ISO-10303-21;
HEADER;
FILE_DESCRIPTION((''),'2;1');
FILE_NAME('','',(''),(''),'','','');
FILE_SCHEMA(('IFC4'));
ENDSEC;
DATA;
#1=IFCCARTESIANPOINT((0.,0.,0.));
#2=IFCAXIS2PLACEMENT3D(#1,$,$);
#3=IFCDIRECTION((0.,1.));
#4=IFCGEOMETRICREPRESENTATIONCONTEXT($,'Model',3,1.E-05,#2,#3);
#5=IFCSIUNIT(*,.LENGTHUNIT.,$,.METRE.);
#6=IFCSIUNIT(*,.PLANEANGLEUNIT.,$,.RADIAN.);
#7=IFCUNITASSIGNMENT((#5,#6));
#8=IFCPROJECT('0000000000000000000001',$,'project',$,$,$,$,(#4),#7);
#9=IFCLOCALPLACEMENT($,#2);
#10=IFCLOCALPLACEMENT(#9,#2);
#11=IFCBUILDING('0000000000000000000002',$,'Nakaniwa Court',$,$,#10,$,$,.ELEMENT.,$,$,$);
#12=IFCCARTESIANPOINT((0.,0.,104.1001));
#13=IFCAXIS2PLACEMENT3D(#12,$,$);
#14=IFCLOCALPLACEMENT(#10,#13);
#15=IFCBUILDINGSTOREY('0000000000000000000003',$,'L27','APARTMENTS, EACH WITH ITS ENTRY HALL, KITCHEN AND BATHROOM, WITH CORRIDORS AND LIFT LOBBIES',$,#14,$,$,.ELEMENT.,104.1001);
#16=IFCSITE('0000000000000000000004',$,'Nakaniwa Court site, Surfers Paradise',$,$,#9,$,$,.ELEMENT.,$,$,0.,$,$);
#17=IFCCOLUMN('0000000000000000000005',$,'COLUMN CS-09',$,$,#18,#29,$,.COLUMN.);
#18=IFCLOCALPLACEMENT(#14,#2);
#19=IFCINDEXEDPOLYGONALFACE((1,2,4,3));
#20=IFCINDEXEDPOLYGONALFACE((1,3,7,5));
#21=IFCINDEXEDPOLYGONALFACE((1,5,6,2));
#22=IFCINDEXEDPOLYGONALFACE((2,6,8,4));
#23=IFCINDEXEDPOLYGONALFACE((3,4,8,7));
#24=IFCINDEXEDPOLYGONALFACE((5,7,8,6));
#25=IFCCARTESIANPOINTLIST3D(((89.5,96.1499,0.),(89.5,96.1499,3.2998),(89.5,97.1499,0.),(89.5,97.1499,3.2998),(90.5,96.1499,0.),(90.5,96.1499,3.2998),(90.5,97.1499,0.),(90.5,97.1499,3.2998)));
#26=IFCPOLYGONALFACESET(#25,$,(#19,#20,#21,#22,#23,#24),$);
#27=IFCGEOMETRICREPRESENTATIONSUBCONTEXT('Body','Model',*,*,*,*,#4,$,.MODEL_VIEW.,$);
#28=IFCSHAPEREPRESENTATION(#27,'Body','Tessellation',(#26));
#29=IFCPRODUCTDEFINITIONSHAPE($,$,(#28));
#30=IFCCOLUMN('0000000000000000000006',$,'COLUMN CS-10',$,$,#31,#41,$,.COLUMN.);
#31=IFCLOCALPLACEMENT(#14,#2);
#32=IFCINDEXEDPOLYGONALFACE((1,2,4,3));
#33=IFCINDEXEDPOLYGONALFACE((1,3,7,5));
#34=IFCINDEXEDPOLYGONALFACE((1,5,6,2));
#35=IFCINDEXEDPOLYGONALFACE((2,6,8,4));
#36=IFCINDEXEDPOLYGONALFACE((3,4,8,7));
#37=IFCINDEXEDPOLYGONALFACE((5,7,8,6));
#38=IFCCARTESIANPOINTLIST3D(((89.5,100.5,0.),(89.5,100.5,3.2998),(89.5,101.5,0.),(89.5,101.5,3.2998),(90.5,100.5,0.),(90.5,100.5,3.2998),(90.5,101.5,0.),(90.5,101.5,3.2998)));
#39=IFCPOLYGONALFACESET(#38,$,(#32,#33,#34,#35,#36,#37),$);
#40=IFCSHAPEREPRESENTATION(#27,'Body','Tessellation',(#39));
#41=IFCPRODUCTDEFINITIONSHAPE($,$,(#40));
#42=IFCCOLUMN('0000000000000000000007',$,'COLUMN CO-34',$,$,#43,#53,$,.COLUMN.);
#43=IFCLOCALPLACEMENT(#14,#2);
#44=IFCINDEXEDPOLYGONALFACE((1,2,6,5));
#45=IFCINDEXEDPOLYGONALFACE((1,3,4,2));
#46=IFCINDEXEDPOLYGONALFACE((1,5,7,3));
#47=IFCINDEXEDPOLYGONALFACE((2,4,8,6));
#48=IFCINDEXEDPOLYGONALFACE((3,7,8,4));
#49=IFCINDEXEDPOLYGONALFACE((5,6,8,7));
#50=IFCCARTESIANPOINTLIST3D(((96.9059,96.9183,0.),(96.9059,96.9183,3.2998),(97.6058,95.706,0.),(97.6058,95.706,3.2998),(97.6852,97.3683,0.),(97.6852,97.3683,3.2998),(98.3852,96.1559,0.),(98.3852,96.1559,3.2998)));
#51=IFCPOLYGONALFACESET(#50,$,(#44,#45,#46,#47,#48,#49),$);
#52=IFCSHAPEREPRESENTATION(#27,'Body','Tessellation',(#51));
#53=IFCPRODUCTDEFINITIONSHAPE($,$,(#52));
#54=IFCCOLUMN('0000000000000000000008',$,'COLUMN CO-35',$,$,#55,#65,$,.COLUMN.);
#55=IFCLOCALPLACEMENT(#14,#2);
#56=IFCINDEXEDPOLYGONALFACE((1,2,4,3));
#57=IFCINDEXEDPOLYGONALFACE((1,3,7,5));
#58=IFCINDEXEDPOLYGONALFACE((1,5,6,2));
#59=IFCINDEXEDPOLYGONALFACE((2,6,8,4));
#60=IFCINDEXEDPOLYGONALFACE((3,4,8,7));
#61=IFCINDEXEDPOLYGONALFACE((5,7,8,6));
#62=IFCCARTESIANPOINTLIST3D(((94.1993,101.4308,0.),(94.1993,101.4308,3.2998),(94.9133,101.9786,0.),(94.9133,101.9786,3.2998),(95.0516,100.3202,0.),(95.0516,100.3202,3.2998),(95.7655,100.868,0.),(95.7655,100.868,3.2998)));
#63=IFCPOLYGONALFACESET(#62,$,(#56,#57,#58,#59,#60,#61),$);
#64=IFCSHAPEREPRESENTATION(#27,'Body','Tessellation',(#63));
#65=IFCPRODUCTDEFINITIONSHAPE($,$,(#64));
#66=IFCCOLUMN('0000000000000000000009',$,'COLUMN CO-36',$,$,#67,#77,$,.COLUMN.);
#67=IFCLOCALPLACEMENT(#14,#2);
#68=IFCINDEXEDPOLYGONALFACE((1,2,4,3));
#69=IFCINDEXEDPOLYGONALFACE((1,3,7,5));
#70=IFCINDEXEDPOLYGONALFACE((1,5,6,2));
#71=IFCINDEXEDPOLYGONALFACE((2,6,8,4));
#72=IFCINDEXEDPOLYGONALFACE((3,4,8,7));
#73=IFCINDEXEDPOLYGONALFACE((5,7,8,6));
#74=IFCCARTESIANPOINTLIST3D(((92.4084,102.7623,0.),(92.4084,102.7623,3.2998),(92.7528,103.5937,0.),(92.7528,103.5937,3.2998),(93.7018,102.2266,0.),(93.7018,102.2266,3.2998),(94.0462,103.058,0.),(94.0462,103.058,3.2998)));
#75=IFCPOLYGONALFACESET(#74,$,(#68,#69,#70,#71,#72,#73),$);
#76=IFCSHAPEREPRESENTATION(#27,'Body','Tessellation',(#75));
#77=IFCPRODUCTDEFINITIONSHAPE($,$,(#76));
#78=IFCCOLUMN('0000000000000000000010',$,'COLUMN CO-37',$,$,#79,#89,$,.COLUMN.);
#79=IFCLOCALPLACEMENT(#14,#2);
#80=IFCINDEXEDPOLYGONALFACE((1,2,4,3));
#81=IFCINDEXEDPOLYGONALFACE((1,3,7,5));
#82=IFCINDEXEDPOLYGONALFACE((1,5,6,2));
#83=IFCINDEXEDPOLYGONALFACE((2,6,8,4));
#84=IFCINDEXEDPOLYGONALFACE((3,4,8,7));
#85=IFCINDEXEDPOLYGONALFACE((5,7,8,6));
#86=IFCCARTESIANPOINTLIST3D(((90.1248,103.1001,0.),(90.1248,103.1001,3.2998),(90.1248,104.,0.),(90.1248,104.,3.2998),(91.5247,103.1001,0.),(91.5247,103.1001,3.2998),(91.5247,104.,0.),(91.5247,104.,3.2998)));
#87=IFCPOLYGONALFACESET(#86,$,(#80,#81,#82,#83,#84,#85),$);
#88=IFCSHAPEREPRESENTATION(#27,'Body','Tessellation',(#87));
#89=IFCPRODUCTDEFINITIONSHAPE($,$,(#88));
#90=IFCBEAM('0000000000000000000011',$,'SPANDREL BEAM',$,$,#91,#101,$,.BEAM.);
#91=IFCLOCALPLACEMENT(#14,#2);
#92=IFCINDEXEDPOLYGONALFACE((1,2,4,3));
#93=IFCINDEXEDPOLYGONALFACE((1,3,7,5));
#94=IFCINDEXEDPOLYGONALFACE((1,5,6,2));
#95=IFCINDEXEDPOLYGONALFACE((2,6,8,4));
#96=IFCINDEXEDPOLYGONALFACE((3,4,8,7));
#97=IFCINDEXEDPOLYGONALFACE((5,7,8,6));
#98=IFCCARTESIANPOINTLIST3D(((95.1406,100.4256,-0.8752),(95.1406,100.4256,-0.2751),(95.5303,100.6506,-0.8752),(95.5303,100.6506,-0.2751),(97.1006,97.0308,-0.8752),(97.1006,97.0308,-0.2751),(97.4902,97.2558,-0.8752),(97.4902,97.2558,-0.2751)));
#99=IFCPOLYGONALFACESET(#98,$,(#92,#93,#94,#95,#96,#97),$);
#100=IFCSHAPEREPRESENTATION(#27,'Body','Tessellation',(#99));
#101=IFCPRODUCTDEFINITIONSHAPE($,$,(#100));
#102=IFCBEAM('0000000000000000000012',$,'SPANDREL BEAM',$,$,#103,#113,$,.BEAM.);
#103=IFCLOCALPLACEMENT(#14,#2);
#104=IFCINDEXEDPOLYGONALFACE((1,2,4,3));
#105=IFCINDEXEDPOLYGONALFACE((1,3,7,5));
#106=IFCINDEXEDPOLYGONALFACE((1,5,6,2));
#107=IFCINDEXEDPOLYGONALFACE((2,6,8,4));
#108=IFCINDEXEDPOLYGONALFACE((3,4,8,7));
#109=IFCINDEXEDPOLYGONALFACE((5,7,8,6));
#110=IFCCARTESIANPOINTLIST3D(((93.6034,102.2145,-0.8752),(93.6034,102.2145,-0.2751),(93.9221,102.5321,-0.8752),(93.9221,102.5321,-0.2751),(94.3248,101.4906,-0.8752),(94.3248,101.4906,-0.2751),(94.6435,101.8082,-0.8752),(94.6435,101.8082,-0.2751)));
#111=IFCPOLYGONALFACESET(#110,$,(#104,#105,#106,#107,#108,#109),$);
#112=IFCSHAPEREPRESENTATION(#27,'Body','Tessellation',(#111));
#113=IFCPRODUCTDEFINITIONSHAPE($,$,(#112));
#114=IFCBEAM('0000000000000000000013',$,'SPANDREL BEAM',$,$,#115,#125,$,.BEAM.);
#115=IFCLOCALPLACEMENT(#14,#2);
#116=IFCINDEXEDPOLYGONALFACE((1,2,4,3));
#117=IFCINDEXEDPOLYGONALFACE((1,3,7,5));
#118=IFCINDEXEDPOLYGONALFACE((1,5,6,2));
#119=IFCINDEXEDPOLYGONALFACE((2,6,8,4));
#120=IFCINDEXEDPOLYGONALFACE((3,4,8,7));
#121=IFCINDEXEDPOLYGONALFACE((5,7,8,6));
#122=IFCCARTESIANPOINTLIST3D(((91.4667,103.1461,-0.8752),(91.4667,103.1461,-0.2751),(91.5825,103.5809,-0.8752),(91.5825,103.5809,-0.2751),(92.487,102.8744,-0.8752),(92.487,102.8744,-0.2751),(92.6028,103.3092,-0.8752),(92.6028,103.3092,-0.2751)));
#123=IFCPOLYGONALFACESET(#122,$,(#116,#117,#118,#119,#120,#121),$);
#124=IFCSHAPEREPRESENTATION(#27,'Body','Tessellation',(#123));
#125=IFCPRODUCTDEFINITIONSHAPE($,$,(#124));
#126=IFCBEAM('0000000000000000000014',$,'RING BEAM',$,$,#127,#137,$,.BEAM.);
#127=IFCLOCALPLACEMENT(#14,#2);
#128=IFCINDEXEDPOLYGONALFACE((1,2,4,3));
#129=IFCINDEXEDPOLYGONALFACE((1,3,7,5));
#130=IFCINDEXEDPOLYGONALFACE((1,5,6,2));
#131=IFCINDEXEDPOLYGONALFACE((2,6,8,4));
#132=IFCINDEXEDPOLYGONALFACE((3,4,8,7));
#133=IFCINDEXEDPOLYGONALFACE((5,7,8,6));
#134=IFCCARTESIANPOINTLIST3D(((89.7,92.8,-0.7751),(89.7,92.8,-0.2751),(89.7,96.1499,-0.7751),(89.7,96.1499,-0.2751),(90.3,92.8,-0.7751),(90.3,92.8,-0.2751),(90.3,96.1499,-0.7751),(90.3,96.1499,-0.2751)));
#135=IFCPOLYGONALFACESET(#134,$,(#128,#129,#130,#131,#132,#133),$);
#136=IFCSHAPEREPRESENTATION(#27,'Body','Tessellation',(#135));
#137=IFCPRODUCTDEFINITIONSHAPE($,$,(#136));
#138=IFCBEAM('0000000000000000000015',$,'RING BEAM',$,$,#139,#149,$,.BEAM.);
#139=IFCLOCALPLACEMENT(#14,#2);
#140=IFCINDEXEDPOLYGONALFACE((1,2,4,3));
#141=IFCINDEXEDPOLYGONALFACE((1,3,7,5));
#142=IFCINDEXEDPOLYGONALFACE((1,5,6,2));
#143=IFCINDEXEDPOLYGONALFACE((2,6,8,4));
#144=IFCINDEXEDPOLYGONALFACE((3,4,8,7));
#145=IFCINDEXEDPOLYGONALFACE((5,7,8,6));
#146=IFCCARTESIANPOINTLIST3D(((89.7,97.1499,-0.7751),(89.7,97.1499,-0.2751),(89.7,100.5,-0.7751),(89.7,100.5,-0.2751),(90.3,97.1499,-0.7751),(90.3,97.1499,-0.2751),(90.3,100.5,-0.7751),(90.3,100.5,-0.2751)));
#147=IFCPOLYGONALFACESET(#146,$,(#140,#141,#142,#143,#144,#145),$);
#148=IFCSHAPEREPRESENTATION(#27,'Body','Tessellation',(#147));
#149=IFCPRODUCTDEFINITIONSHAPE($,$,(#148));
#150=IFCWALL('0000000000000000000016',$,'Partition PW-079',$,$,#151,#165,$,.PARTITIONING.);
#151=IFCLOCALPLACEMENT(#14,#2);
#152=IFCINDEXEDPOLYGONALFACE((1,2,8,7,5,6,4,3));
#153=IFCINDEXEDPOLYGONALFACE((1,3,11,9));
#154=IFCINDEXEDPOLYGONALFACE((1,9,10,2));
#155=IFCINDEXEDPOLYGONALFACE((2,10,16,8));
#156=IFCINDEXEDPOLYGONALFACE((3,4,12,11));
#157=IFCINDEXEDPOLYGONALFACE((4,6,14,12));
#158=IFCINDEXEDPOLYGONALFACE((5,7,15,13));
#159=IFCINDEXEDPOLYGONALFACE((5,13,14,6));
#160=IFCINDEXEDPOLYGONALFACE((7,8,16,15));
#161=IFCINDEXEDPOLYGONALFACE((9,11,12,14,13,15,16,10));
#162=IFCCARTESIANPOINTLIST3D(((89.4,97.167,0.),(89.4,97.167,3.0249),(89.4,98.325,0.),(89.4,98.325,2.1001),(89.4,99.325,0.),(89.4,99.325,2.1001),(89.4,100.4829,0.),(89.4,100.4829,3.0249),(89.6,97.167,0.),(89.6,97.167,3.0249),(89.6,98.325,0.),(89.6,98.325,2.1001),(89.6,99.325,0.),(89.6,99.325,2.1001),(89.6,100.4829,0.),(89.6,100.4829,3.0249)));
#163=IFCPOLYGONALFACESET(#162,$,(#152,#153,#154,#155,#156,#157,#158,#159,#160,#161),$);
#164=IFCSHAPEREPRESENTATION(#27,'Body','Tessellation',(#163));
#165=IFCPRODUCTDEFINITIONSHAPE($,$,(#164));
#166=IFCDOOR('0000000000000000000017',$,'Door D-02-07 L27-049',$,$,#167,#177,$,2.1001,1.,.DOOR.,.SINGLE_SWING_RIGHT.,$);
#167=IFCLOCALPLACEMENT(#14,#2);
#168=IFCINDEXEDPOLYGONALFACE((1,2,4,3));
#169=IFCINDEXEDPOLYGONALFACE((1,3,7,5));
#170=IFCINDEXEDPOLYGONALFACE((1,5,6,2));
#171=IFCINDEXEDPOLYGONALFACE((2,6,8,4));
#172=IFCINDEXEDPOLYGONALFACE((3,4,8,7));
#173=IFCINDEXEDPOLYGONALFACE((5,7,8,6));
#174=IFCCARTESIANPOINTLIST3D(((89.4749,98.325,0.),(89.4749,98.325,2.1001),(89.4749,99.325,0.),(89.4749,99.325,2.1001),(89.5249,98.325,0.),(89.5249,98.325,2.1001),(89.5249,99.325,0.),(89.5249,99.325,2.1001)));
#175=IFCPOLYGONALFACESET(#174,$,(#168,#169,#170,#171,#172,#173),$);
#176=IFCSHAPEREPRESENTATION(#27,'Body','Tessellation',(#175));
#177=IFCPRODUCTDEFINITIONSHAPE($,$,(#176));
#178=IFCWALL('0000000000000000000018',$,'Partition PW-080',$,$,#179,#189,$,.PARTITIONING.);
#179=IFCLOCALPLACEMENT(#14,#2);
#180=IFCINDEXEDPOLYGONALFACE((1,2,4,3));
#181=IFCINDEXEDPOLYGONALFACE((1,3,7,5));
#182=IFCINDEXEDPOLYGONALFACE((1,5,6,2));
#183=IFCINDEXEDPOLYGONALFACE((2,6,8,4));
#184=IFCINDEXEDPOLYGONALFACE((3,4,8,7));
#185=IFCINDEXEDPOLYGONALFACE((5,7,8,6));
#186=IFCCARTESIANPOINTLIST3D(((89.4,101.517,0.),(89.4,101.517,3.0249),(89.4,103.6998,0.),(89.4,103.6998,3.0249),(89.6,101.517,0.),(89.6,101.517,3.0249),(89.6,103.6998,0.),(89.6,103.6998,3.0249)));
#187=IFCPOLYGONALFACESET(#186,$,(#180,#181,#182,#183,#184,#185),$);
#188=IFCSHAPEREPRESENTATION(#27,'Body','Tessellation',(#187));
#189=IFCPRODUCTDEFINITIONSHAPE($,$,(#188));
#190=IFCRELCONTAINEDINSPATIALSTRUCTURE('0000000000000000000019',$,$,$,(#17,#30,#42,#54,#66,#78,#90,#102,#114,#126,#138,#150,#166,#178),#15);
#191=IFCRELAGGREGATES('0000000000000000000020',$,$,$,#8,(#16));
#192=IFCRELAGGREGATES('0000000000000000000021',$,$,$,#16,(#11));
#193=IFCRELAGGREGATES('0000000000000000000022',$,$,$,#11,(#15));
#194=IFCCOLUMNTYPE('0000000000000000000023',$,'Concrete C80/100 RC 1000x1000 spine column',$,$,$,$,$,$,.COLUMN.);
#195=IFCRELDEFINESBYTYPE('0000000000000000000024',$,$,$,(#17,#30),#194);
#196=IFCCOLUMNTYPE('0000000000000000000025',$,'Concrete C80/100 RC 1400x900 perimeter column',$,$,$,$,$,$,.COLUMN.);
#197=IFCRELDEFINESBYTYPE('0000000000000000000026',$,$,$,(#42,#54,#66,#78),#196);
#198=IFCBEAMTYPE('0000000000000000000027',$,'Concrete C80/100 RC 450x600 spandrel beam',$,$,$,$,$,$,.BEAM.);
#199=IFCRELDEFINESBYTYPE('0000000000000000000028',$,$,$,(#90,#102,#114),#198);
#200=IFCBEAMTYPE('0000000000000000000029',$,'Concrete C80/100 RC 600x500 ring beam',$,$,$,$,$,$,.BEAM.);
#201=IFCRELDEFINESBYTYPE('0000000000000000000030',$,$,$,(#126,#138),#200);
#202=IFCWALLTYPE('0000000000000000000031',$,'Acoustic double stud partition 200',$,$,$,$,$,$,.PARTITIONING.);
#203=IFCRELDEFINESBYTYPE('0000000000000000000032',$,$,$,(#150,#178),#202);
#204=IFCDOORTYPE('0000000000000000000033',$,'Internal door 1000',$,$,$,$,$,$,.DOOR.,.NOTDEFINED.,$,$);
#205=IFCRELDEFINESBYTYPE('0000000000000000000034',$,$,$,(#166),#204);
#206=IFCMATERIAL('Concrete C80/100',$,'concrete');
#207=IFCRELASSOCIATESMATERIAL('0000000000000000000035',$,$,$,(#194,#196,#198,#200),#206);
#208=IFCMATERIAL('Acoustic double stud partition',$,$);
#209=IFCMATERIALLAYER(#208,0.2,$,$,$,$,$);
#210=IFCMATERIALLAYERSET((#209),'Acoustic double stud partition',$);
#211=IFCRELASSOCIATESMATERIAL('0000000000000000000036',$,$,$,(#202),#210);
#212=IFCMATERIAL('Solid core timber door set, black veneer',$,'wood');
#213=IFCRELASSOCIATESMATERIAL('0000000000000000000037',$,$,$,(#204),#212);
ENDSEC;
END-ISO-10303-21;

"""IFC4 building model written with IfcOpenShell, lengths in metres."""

from ifc_helpers import new_model, si_unit, direction, frame, frame_2d, origin, origin_2d, place, context, subcontext, project, spatial, rectangle, extrude, material, layer, layer_set, material_profile, profile_set, type_object, element, fill, save


model = new_model("IFC4")

# Units and contexts
model_context = context("Model", 3, precision=1e-05, world=origin(), true_north=direction((0.0, 1.0)))
body_context = subcontext(model_context, "Body", "Model", "MODEL_VIEW")
ifc_project = project(units=[si_unit("LENGTHUNIT", "METRE"), si_unit("PLANEANGLEUNIT", "RADIAN")], contexts=[model_context])

# Site, building, storey
site_placement = place(None, origin())
site = spatial("IfcSite", under=ifc_project, at=site_placement, Name="Nakaniwa Court site, Surfers Paradise", CompositionType="ELEMENT", RefElevation=0.0)
building_placement = place(site_placement, origin())
building = spatial("IfcBuilding", under=site, at=building_placement, Name="Nakaniwa Court", CompositionType="ELEMENT")
storey_placement = place(building_placement, frame((0.0, 0.0, 104.1001)))
storey = spatial("IfcBuildingStorey", under=building, at=storey_placement, Name="L27", Description="APARTMENTS, EACH WITH ITS ENTRY HALL, KITCHEN AND BATHROOM, WITH CORRIDORS AND LIFT LOBBIES", CompositionType="ELEMENT", Elevation=104.1001)

# Columns
ifc_material_1 = material(Name="Concrete C80/100", Category="concrete")
ifc_material_profile_1 = material_profile(ifc_material_1, rectangle(XDim=1.0, YDim=1.0, at=origin_2d()), Name="Concrete C80/100 RC 1000x1000 spine column")
ifc_profile_set_1 = profile_set([ifc_material_profile_1], Name="Concrete C80/100")
column_type_1 = type_object("IfcColumnType", Name="Concrete C80/100 RC 1000x1000 spine column", PredefinedType="COLUMN", material=ifc_profile_set_1)
for number, where, z_axis, x_axis, name in (
    (1, (90.0, 96.6499, 0.0), (0.0, 0.0, 1.0), (0.0, 1.0, 0.0), "COLUMN CS-09"),
    (2, (90.0, 101.0, 0.0), (0.0, 0.0, 1.0), (0.0, 1.0, 0.0), "COLUMN CS-10"),
):
    element("IfcColumn", number, at=place(storey_placement, frame(where, z_axis=z_axis, x_axis=x_axis)), inside=storey, type_object=column_type_1, Name=name, PredefinedType="COLUMN", context=body_context, shape_type="SweptSolid", body=[
        extrude(rectangle(XDim=1.0, YDim=1.0, at=origin_2d()), origin(), (0.0, 0.0, 1.0), 3.2998),
    ])
ifc_material_profile_2 = material_profile(ifc_material_1, rectangle(XDim=1.3999, YDim=0.8999, at=origin_2d()), Name="Concrete C80/100 RC 1400x900 perimeter column")
ifc_profile_set_2 = profile_set([ifc_material_profile_2], Name="Concrete C80/100")
column_type_2 = type_object("IfcColumnType", Name="Concrete C80/100 RC 1400x900 perimeter column", PredefinedType="COLUMN", material=ifc_profile_set_2)
for number, where, z_axis, x_axis, name in (
    (3, (97.6455, 96.5371, 0.0), (0.0, 0.0, 1.0), (-0.5, 0.866025, 0.0), "COLUMN CO-34"),
    (4, (94.9824, 101.1494, 0.0), (0.0, 0.0, 1.0), (-0.608761, 0.793353, 0.0), "COLUMN CO-35"),
    (5, (93.2273, 102.9102, 0.0), (0.0, 0.0, 1.0), (-0.92388, 0.382683, 0.0), "COLUMN CO-36"),
    (6, (90.8247, 103.55, 0.0), (0.0, 0.0, 1.0), (-1.0, 0.0, 0.0), "COLUMN CO-37"),
):
    element("IfcColumn", number, at=place(storey_placement, frame(where, z_axis=z_axis, x_axis=x_axis)), inside=storey, type_object=column_type_2, Name=name, PredefinedType="COLUMN", context=body_context, shape_type="SweptSolid", body=[
        extrude(rectangle(XDim=1.3999, YDim=0.8999, at=origin_2d()), origin(), (0.0, 0.0, 1.0), 3.2998),
    ])

# Beams
ifc_material_profile_3 = material_profile(ifc_material_1, rectangle(XDim=0.45, YDim=0.6001, at=origin_2d()), Name="Concrete C80/100 RC 450x600 spandrel beam")
ifc_profile_set_3 = profile_set([ifc_material_profile_3], Name="Concrete C80/100")
beam_type_1 = type_object("IfcBeamType", Name="Concrete C80/100 RC 450x600 spandrel beam", PredefinedType="BEAM", material=ifc_profile_set_3)
beam_1_placement = place(storey_placement, frame((97.2954, 97.1433, -0.5752), z_axis=(-0.499997, 0.866027, 0.0), x_axis=(-0.866027, -0.499997, 0.0)))
element("IfcBeam", 7, at=beam_1_placement, inside=storey, type_object=beam_type_1, Name="SPANDREL BEAM", PredefinedType="BEAM", context=body_context, shape_type="SweptSolid", body=[
    extrude(rectangle(XDim=0.45, YDim=0.6001, at=origin_2d()), origin(), (0.0, 0.0, 1.0), 3.9199),
])
beam_2_placement = place(storey_placement, frame((94.4841, 101.6494, -0.5752), z_axis=(-0.705911, 0.7083, 0.0), x_axis=(-0.7083, -0.705911, 0.0)))
element("IfcBeam", 8, at=beam_2_placement, inside=storey, type_object=beam_type_1, Name="SPANDREL BEAM", PredefinedType="BEAM", context=body_context, shape_type="SweptSolid", body=[
    extrude(rectangle(XDim=0.45, YDim=0.6001, at=origin_2d()), origin(), (0.0, 0.0, 1.0), 1.022),
])
beam_3_placement = place(storey_placement, frame((92.5449, 103.0918, -0.5752), z_axis=(-0.966315, 0.25736, 0.0), x_axis=(-0.25736, -0.966315, 0.0)))
element("IfcBeam", 9, at=beam_3_placement, inside=storey, type_object=beam_type_1, Name="SPANDREL BEAM", PredefinedType="BEAM", context=body_context, shape_type="SweptSolid", body=[
    extrude(rectangle(XDim=0.45, YDim=0.6001, at=origin_2d()), origin(), (0.0, 0.0, 1.0), 1.0559),
])
ifc_material_profile_4 = material_profile(ifc_material_1, rectangle(XDim=0.6001, YDim=0.5, at=origin_2d()), Name="Concrete C80/100 RC 600x500 ring beam")
ifc_profile_set_4 = profile_set([ifc_material_profile_4], Name="Concrete C80/100")
beam_type_2 = type_object("IfcBeamType", Name="Concrete C80/100 RC 600x500 ring beam", PredefinedType="BEAM", material=ifc_profile_set_4)
beam_4_placement = place(storey_placement, frame((90.0, 92.8, -0.5251), z_axis=(0.0, 1.0, 0.0), x_axis=(-1.0, 0.0, 0.0)))
element("IfcBeam", 10, at=beam_4_placement, inside=storey, type_object=beam_type_2, Name="RING BEAM", PredefinedType="BEAM", context=body_context, shape_type="SweptSolid", body=[
    extrude(rectangle(XDim=0.6001, YDim=0.5, at=origin_2d()), origin(), (0.0, 0.0, 1.0), 3.3499),
])
beam_5_placement = place(storey_placement, frame((90.0, 97.1499, -0.5251), z_axis=(0.0, 1.0, 0.0), x_axis=(-1.0, 0.0, 0.0)))
element("IfcBeam", 11, at=beam_5_placement, inside=storey, type_object=beam_type_2, Name="RING BEAM", PredefinedType="BEAM", context=body_context, shape_type="SweptSolid", body=[
    extrude(rectangle(XDim=0.6001, YDim=0.5, at=origin_2d()), origin(), (0.0, 0.0, 1.0), 3.3501),
])

# Wall, opening, door
ifc_material_2 = material(Name="Acoustic double stud partition")
ifc_layer_1 = layer(ifc_material_2, 0.2)
ifc_layer_set_1 = layer_set([ifc_layer_1], Name="Acoustic double stud partition")
wall_type_1 = type_object("IfcWallType", Name="Acoustic double stud partition 200", PredefinedType="PARTITIONING", material=ifc_layer_set_1)
wall_1_placement = place(storey_placement, frame((89.5, 100.4829, 0.0), z_axis=(0.0, 0.0, 1.0), x_axis=(0.0, -1.0, 0.0)))
wall_1 = element("IfcWall", 12, at=wall_1_placement, inside=storey, type_object=wall_type_1, Name="Partition PW-079", PredefinedType="PARTITIONING", context=body_context, shape_type="SweptSolid", body=[
    extrude(rectangle(XDim=3.3159, YDim=0.2, at=frame_2d((1.658, 0.0))), origin(), (0.0, 0.0, 1.0), 3.0249),
])
opening_1_placement = place(wall_1_placement, frame((1.158, 0.0, 0.0)))
opening_1 = element("IfcOpeningElement", 13, at=opening_1_placement, cuts=wall_1, PredefinedType="OPENING", context=body_context, shape_type="SweptSolid", body=[
    extrude(rectangle(XDim=1.0, YDim=2.1001, at=frame_2d((0.5, 1.05))), frame((0.0, 0.1099, 0.0), z_axis=(0.0, -1.0, 0.0), x_axis=(1.0, 0.0, 0.0)), (0.0, 0.0, 1.0), 0.22),
])
ifc_material_3 = material(Name="Solid core timber door set, black veneer", Category="wood")
door_type = type_object("IfcDoorType", Name="Internal door 1000", OperationType="NOTDEFINED", PredefinedType="DOOR", material=ifc_material_3)
door_placement = place(opening_1_placement, origin())
door = element("IfcDoor", 14, at=door_placement, inside=storey, type_object=door_type, Name="Door D-02-07 L27-049", OperationType="SINGLE_SWING_RIGHT", OverallHeight=2.1001, OverallWidth=1.0, PredefinedType="DOOR", context=body_context, shape_type="SweptSolid", body=[
    extrude(rectangle(XDim=1.0, YDim=2.1001, at=frame_2d((0.5, 1.05))), frame((0.0, 0.0249, 0.0), z_axis=(0.0, -1.0, 0.0), x_axis=(1.0, 0.0, 0.0)), (0.0, 0.0, 1.0), 0.05),
])
fill(opening_1, door)

# Wall
wall_2_placement = place(storey_placement, frame((89.5, 101.5171, 0.0), z_axis=(0.0, 0.0, 1.0), x_axis=(0.0, 1.0, 0.0)))
element("IfcWall", 15, at=wall_2_placement, inside=storey, type_object=wall_type_1, Name="Partition PW-080", PredefinedType="PARTITIONING", context=body_context, shape_type="SweptSolid", body=[
    extrude(rectangle(XDim=2.1829, YDim=0.2, at=frame_2d((1.0913, 0.0))), origin(), (0.0, 0.0, 1.0), 3.0249),
])

save(model, "model.ifc")
